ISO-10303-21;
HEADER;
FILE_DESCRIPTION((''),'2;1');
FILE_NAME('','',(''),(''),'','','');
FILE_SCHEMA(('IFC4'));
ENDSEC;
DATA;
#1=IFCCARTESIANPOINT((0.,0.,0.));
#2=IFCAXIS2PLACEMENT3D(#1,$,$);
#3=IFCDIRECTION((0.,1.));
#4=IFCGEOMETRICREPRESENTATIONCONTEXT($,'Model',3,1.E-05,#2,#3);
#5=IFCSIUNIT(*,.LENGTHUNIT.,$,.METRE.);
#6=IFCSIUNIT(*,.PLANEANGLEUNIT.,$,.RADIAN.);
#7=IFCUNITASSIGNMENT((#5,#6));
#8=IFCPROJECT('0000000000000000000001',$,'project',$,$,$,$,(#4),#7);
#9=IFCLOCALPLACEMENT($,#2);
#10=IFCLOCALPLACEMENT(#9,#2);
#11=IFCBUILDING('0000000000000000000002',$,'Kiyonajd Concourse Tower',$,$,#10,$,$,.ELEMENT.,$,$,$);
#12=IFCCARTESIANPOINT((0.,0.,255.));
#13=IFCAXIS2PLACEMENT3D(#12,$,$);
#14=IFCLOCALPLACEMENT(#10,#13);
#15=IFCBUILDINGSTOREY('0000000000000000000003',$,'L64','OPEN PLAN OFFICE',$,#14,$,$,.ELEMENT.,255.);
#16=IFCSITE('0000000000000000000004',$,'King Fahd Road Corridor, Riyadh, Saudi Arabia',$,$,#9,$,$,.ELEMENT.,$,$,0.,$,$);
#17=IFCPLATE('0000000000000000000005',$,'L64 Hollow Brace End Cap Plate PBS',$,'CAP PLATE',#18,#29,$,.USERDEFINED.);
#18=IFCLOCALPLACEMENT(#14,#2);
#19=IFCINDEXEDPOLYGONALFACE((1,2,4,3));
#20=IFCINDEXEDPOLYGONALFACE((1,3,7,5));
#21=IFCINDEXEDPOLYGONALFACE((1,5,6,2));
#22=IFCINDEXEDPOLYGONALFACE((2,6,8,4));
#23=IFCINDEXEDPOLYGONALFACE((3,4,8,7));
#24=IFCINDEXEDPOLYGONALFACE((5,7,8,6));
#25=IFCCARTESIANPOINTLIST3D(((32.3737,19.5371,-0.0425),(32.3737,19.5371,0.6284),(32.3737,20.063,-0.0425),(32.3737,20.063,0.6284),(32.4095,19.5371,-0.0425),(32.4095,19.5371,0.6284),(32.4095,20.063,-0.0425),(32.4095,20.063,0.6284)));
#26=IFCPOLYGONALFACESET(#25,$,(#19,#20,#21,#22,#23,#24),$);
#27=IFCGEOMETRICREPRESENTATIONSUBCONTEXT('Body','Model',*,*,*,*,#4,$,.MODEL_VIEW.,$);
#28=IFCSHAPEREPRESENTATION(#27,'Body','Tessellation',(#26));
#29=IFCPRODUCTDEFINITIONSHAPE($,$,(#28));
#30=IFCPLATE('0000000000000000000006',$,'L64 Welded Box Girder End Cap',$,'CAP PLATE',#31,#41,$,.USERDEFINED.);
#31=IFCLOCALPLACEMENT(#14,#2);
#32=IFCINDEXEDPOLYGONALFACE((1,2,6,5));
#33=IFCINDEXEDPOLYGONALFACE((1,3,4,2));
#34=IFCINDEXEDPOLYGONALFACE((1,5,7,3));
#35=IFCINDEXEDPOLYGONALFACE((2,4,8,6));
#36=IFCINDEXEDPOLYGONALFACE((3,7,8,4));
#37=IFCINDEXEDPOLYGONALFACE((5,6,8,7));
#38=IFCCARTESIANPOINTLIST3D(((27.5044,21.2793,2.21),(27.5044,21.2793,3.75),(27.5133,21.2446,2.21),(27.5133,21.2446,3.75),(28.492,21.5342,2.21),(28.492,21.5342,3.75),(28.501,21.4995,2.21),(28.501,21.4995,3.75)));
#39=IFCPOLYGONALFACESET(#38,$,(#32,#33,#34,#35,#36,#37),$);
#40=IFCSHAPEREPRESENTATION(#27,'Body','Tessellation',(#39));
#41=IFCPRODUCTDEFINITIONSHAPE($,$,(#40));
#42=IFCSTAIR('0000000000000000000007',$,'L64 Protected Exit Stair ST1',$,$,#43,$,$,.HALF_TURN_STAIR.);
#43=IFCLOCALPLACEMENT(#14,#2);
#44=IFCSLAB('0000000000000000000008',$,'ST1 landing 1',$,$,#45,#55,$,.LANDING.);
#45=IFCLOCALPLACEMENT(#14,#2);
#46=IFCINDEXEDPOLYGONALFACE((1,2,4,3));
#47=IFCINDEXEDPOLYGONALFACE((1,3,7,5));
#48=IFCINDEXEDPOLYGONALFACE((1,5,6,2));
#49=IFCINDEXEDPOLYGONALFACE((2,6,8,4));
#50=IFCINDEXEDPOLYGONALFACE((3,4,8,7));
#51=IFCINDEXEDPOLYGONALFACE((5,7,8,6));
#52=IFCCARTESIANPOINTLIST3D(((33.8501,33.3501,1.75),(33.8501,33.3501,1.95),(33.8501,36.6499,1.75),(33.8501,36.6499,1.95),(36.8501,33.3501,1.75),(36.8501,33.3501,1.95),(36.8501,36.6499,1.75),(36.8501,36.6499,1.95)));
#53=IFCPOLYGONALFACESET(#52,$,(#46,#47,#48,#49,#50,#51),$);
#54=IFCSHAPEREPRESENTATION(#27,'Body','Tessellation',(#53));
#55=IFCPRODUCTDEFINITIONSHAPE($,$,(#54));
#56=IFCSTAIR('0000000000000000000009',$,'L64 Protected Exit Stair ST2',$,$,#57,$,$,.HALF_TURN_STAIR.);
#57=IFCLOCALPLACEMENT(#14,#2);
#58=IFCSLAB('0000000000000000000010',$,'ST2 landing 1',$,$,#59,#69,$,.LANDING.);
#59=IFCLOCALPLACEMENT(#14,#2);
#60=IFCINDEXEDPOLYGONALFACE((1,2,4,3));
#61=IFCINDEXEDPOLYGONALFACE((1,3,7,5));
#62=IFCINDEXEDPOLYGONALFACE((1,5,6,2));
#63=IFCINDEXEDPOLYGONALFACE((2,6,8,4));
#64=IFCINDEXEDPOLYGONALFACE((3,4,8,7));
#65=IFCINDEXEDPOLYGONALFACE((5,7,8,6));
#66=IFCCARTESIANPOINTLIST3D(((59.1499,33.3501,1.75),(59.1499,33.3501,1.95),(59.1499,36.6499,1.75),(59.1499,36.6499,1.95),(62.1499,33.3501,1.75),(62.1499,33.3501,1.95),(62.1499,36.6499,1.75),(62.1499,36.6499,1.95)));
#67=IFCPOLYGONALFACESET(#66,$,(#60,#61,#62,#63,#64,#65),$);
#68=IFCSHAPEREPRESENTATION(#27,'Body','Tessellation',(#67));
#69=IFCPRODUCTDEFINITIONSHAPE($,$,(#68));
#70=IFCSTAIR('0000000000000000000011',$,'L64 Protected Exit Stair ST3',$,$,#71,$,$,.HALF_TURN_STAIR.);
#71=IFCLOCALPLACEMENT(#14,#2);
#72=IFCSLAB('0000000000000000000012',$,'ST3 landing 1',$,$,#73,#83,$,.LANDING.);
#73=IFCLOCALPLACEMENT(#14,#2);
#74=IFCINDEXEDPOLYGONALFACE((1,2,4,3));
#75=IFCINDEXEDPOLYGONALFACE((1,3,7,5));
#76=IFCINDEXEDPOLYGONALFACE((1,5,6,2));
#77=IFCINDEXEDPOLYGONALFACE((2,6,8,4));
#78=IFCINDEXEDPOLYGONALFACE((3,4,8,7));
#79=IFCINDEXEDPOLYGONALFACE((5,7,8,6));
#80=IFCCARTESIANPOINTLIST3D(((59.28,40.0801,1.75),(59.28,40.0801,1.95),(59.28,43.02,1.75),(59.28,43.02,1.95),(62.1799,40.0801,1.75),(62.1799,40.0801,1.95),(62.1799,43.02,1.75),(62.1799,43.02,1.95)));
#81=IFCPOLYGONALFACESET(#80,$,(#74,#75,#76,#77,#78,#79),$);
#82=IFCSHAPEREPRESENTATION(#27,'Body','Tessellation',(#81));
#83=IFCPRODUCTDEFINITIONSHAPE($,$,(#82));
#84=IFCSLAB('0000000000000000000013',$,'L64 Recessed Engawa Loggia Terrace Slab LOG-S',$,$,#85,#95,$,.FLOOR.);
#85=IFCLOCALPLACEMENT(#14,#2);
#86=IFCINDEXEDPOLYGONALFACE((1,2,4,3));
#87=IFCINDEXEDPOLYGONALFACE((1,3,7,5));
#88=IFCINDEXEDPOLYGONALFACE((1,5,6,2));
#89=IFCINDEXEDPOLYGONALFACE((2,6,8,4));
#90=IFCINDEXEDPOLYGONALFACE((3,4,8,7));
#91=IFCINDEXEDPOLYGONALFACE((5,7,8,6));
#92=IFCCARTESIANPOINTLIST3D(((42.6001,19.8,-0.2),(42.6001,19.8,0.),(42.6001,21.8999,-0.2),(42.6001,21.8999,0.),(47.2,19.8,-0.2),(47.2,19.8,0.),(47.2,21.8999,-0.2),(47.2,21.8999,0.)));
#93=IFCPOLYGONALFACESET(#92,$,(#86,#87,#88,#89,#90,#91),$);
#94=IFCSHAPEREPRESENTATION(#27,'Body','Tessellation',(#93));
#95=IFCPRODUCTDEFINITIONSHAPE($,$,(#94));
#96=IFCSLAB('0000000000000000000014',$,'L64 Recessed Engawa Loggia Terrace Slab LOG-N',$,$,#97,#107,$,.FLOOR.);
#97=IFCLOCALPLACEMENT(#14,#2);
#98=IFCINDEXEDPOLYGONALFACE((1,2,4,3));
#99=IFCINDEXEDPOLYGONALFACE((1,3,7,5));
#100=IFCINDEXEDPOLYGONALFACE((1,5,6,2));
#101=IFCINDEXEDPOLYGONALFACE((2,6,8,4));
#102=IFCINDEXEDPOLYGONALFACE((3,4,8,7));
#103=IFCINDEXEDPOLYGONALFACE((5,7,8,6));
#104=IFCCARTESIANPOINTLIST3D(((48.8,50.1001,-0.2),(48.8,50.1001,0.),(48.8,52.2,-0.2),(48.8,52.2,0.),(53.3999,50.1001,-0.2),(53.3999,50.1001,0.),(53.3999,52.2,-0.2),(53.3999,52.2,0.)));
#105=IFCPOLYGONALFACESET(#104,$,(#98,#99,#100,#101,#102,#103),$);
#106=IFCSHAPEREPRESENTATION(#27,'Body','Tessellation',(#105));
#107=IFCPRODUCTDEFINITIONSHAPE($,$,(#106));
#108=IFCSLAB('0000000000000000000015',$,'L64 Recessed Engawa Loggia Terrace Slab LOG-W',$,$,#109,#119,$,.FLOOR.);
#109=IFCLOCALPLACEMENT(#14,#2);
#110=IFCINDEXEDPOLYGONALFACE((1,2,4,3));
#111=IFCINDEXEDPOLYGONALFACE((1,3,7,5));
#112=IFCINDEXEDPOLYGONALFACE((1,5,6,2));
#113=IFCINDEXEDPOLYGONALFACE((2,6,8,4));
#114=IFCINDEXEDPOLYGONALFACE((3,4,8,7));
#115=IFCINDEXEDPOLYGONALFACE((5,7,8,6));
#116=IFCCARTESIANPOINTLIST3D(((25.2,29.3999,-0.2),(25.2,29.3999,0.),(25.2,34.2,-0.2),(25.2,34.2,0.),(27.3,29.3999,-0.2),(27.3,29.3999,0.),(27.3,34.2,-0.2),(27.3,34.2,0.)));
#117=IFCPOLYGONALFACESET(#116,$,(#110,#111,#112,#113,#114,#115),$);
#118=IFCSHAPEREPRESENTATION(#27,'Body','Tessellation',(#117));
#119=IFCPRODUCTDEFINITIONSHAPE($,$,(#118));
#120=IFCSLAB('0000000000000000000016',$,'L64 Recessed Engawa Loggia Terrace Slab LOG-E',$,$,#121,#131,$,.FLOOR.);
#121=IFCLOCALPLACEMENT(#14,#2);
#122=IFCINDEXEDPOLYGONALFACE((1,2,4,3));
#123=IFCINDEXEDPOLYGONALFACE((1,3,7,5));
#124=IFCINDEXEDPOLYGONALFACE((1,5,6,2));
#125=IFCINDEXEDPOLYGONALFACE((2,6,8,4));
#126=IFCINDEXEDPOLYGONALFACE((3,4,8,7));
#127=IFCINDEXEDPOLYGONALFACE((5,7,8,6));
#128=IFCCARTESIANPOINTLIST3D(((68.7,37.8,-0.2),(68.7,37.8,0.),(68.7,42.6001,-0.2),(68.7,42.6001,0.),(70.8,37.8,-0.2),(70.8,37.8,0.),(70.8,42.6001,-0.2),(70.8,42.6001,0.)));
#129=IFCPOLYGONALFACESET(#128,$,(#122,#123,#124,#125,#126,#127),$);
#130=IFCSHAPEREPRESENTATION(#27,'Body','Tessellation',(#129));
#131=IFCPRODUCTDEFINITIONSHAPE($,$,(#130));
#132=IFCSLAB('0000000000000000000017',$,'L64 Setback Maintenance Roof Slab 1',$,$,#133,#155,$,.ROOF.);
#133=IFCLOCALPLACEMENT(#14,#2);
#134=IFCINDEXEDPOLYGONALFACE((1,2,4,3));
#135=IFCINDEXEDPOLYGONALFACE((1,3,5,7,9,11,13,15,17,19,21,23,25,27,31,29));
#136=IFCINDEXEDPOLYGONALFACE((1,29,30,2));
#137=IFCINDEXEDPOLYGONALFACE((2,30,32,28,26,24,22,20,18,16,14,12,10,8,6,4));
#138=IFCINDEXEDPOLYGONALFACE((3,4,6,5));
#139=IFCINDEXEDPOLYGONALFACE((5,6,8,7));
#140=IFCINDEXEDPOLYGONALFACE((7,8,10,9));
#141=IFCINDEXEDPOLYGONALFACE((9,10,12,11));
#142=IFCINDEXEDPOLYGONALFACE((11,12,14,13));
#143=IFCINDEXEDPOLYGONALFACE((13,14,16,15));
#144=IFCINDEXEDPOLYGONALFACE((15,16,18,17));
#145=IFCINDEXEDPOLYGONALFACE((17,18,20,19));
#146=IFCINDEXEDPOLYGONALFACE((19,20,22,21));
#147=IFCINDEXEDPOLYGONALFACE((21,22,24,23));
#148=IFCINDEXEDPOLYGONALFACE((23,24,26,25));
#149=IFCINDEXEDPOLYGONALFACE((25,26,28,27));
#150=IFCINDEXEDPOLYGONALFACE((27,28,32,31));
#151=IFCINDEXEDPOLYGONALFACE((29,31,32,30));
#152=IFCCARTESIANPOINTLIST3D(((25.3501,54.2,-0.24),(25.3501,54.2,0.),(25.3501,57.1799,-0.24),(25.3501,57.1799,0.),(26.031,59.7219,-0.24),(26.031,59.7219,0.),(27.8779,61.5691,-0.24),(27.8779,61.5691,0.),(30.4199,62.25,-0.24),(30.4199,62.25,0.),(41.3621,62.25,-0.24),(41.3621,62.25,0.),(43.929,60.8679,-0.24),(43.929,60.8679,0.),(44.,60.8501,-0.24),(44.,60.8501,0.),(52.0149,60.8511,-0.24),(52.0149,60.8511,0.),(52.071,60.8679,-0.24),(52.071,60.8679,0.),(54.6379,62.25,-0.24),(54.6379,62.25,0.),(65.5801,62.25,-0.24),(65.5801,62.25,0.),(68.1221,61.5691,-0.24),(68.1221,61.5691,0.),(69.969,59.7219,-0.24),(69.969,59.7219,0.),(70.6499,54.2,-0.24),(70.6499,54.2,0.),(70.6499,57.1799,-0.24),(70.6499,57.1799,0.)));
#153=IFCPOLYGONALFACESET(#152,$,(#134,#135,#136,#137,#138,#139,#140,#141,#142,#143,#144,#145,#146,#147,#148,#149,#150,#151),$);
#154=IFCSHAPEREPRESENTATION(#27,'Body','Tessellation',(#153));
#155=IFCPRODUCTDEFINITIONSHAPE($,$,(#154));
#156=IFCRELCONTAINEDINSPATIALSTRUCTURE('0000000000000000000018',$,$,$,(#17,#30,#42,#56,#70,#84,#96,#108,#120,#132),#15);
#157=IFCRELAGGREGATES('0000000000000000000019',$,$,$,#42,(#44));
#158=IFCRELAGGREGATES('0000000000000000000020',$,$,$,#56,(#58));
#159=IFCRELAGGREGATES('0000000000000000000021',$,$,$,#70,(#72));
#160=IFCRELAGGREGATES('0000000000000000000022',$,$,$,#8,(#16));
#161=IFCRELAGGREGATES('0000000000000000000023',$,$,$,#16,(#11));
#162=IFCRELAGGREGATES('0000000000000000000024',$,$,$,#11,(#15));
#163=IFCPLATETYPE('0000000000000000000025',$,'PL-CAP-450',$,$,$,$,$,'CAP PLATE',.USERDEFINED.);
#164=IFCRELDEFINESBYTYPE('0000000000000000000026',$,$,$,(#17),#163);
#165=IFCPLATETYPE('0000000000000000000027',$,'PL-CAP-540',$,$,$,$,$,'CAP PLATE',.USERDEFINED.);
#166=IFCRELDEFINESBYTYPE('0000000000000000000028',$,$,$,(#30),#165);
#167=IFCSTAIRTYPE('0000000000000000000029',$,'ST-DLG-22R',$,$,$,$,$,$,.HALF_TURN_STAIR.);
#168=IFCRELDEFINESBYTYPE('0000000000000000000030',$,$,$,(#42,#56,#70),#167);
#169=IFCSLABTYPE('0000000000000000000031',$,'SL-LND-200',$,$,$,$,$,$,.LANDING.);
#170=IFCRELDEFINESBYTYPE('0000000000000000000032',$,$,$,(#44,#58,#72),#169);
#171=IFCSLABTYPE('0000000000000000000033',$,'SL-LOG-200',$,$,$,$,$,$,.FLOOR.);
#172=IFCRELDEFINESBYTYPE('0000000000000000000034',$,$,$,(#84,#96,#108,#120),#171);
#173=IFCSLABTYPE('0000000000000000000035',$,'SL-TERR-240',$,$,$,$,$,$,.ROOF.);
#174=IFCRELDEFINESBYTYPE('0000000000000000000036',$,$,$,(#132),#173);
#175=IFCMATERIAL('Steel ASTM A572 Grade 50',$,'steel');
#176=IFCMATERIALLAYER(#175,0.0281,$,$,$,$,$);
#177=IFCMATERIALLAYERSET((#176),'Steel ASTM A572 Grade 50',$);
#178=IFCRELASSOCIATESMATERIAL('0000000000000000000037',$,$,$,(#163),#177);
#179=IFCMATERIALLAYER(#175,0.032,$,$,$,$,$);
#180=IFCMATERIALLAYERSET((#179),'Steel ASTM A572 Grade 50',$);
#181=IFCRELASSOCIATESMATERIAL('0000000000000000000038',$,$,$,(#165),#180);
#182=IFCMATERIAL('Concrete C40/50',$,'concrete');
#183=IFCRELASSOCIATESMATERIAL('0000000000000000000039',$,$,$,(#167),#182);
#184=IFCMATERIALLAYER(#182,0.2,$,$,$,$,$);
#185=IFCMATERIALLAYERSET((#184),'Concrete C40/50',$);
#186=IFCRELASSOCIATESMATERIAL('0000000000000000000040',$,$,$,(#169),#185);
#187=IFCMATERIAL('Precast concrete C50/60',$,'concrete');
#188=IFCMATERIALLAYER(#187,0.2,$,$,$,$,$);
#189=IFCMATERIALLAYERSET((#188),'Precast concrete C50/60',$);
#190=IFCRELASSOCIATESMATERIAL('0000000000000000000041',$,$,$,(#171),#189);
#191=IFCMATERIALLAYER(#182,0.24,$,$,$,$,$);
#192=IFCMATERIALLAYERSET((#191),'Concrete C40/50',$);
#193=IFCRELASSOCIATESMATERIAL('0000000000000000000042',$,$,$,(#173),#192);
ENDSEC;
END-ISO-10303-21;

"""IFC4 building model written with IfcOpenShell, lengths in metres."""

from ifc_helpers import new_model, si_unit, direction, frame, origin, origin_2d, place, context, subcontext, project, spatial, polyline, rectangle, outline, extrude, material, layer, layer_set, type_object, element, aggregate, save


model = new_model("IFC4")

# Units and contexts
model_context = context("Model", 3, precision=1e-05, world=origin(), true_north=direction((0.0, 1.0)))
body_context = subcontext(model_context, "Body", "Model", "MODEL_VIEW")
ifc_project = project(units=[si_unit("LENGTHUNIT", "METRE"), si_unit("PLANEANGLEUNIT", "RADIAN")], contexts=[model_context])

# Site, building, storey
site_placement = place(None, origin())
site = spatial("IfcSite", under=ifc_project, at=site_placement, Name="King Fahd Road Corridor, Riyadh, Saudi Arabia", CompositionType="ELEMENT", RefElevation=0.0)
building_placement = place(site_placement, origin())
building = spatial("IfcBuilding", under=site, at=building_placement, Name="Kiyonajd Concourse Tower", CompositionType="ELEMENT")
storey_placement = place(building_placement, frame((0.0, 0.0, 255.0)))
storey = spatial("IfcBuildingStorey", under=building, at=storey_placement, Name="L64", Description="OPEN PLAN OFFICE", CompositionType="ELEMENT", Elevation=255.0)

# Shared definitions
ifc_material_1 = material(Name="Steel ASTM A572 Grade 50", Category="steel")

# Plates
ifc_layer_1 = layer(ifc_material_1, 0.0281)
ifc_layer_set_1 = layer_set([ifc_layer_1], Name="Steel ASTM A572 Grade 50")
plate_type_1 = type_object("IfcPlateType", Name="PL-CAP-450", ElementType="CAP PLATE", PredefinedType="USERDEFINED", material=ifc_layer_set_1)
plate_1_placement = place(storey_placement, frame((32.3916, 19.8, -0.0425), z_axis=(0.0, 0.0, 1.0), x_axis=(-1.0, 0.0, 0.0)))
element("IfcPlate", 1, at=plate_1_placement, inside=storey, type_object=plate_type_1, Name="L64 Hollow Brace End Cap Plate PBS", ObjectType="CAP PLATE", PredefinedType="USERDEFINED", context=body_context, shape_type="SweptSolid", body=[
    extrude(rectangle(XDim=0.0359, YDim=0.5259, at=origin_2d()), origin(), (0.0, 0.0, 1.0), 0.6709),
])
ifc_layer_2 = layer(ifc_material_1, 0.032)
ifc_layer_set_2 = layer_set([ifc_layer_2], Name="Steel ASTM A572 Grade 50")
plate_type_2 = type_object("IfcPlateType", Name="PL-CAP-540", ElementType="CAP PLATE", PredefinedType="USERDEFINED", material=ifc_layer_set_2)
plate_2_placement = place(storey_placement, frame((28.0027, 21.3894, 2.21), z_axis=(0.0, 0.0, 1.0), x_axis=(0.249873, -0.968279, 0.0)))
element("IfcPlate", 2, at=plate_2_placement, inside=storey, type_object=plate_type_2, Name="L64 Welded Box Girder End Cap", ObjectType="CAP PLATE", PredefinedType="USERDEFINED", context=body_context, shape_type="SweptSolid", body=[
    extrude(rectangle(XDim=0.0359, YDim=1.02, at=origin_2d()), origin(), (0.0, 0.0, 1.0), 1.54),
])

# Stairs, slabs
ifc_material_2 = material(Name="Concrete C40/50", Category="concrete")
stair_type = type_object("IfcStairType", Name="ST-DLG-22R", PredefinedType="HALF_TURN_STAIR", material=ifc_material_2)
stair_1_placement = place(storey_placement, origin())
stair_1 = element("IfcStair", 3, at=stair_1_placement, inside=storey, type_object=stair_type, Name="L64 Protected Exit Stair ST1", PredefinedType="HALF_TURN_STAIR")
ifc_layer_3 = layer(ifc_material_2, 0.2)
ifc_layer_set_3 = layer_set([ifc_layer_3], Name="Concrete C40/50")
slab_type_1 = type_object("IfcSlabType", Name="SL-LND-200", PredefinedType="LANDING", material=ifc_layer_set_3)
slab_1_placement = place(storey_placement, frame((0.0, 0.0, 1.75)))
slab_1 = element("IfcSlab", 4, at=slab_1_placement, type_object=slab_type_1, Name="ST1 landing 1", PredefinedType="LANDING", context=body_context, shape_type="SweptSolid", body=[
    extrude(outline(polyline([(36.8501, 33.3501), (36.8501, 36.6499), (33.8501, 36.6499), (33.8501, 33.3501), (36.8501, 33.3501)])), origin(), (0.0, 0.0, 1.0), 0.2),
])
aggregate(stair_1, [slab_1])
stair_2_placement = place(storey_placement, origin())
stair_2 = element("IfcStair", 5, at=stair_2_placement, inside=storey, type_object=stair_type, Name="L64 Protected Exit Stair ST2", PredefinedType="HALF_TURN_STAIR")
slab_2_placement = place(storey_placement, frame((0.0, 0.0, 1.75)))
slab_2 = element("IfcSlab", 6, at=slab_2_placement, type_object=slab_type_1, Name="ST2 landing 1", PredefinedType="LANDING", context=body_context, shape_type="SweptSolid", body=[
    extrude(outline(polyline([(62.1499, 33.3501), (62.1499, 36.6499), (59.1499, 36.6499), (59.1499, 33.3501), (62.1499, 33.3501)])), origin(), (0.0, 0.0, 1.0), 0.2),
])
aggregate(stair_2, [slab_2])
stair_3_placement = place(storey_placement, origin())
stair_3 = element("IfcStair", 7, at=stair_3_placement, inside=storey, type_object=stair_type, Name="L64 Protected Exit Stair ST3", PredefinedType="HALF_TURN_STAIR")
slab_3_placement = place(storey_placement, frame((0.0, 0.0, 1.75)))
slab_3 = element("IfcSlab", 8, at=slab_3_placement, type_object=slab_type_1, Name="ST3 landing 1", PredefinedType="LANDING", context=body_context, shape_type="SweptSolid", body=[
    extrude(outline(polyline([(59.28, 40.0801), (62.1799, 40.0801), (62.1799, 43.02), (59.28, 43.02), (59.28, 40.0801)])), origin(), (0.0, 0.0, 1.0), 0.2),
])
aggregate(stair_3, [slab_3])

# Slabs
ifc_material_3 = material(Name="Precast concrete C50/60", Category="concrete")
ifc_layer_4 = layer(ifc_material_3, 0.2)
ifc_layer_set_4 = layer_set([ifc_layer_4], Name="Precast concrete C50/60")
slab_type_2 = type_object("IfcSlabType", Name="SL-LOG-200", PredefinedType="FLOOR", material=ifc_layer_set_4)
slab_4_placement = place(storey_placement, frame((0.0, 0.0, -0.2)))
element("IfcSlab", 9, at=slab_4_placement, inside=storey, type_object=slab_type_2, Name="L64 Recessed Engawa Loggia Terrace Slab LOG-S", PredefinedType="FLOOR", context=body_context, shape_type="SweptSolid", body=[
    extrude(outline(polyline([(42.6001, 19.8), (47.2, 19.8), (47.2, 21.8999), (42.6001, 21.8999), (42.6001, 19.8)])), origin(), (0.0, 0.0, 1.0), 0.2),
])
slab_5_placement = place(storey_placement, frame((0.0, 0.0, -0.2)))
element("IfcSlab", 10, at=slab_5_placement, inside=storey, type_object=slab_type_2, Name="L64 Recessed Engawa Loggia Terrace Slab LOG-N", PredefinedType="FLOOR", context=body_context, shape_type="SweptSolid", body=[
    extrude(outline(polyline([(48.8, 50.1001), (53.3999, 50.1001), (53.3999, 52.2), (48.8, 52.2), (48.8, 50.1001)])), origin(), (0.0, 0.0, 1.0), 0.2),
])
slab_6_placement = place(storey_placement, frame((0.0, 0.0, -0.2)))
element("IfcSlab", 11, at=slab_6_placement, inside=storey, type_object=slab_type_2, Name="L64 Recessed Engawa Loggia Terrace Slab LOG-W", PredefinedType="FLOOR", context=body_context, shape_type="SweptSolid", body=[
    extrude(outline(polyline([(25.2, 29.3999), (27.3, 29.3999), (27.3, 34.2), (25.2, 34.2), (25.2, 29.3999)])), origin(), (0.0, 0.0, 1.0), 0.2),
])
slab_7_placement = place(storey_placement, frame((0.0, 0.0, -0.2)))
element("IfcSlab", 12, at=slab_7_placement, inside=storey, type_object=slab_type_2, Name="L64 Recessed Engawa Loggia Terrace Slab LOG-E", PredefinedType="FLOOR", context=body_context, shape_type="SweptSolid", body=[
    extrude(outline(polyline([(68.7, 37.8), (70.8, 37.8), (70.8, 42.6001), (68.7, 42.6001), (68.7, 37.8)])), origin(), (0.0, 0.0, 1.0), 0.2),
])
ifc_layer_5 = layer(ifc_material_2, 0.24)
ifc_layer_set_5 = layer_set([ifc_layer_5], Name="Concrete C40/50")
slab_type_3 = type_object("IfcSlabType", Name="SL-TERR-240", PredefinedType="ROOF", material=ifc_layer_set_5)
slab_8_placement = place(storey_placement, frame((0.0, 0.0, -0.24)))
element("IfcSlab", 13, at=slab_8_placement, inside=storey, type_object=slab_type_3, Name="L64 Setback Maintenance Roof Slab 1", PredefinedType="ROOF", context=body_context, shape_type="SweptSolid", body=[
    extrude(outline(polyline([(26.031, 59.7219), (27.8779, 61.5691), (30.4199, 62.25), (41.3621, 62.25), (43.929, 60.8679), (44.0, 60.8501), (52.0149, 60.8511), (52.071, 60.8679), (54.6379, 62.25), (65.5801, 62.25), (68.1221, 61.5691), (69.969, 59.7219), (70.6499, 57.1799), (70.6499, 54.2), (25.3501, 54.2), (25.3501, 57.1799), (26.031, 59.7219)])), origin(), (0.0, 0.0, 1.0), 0.24),
])

save(model, "model.ifc")
